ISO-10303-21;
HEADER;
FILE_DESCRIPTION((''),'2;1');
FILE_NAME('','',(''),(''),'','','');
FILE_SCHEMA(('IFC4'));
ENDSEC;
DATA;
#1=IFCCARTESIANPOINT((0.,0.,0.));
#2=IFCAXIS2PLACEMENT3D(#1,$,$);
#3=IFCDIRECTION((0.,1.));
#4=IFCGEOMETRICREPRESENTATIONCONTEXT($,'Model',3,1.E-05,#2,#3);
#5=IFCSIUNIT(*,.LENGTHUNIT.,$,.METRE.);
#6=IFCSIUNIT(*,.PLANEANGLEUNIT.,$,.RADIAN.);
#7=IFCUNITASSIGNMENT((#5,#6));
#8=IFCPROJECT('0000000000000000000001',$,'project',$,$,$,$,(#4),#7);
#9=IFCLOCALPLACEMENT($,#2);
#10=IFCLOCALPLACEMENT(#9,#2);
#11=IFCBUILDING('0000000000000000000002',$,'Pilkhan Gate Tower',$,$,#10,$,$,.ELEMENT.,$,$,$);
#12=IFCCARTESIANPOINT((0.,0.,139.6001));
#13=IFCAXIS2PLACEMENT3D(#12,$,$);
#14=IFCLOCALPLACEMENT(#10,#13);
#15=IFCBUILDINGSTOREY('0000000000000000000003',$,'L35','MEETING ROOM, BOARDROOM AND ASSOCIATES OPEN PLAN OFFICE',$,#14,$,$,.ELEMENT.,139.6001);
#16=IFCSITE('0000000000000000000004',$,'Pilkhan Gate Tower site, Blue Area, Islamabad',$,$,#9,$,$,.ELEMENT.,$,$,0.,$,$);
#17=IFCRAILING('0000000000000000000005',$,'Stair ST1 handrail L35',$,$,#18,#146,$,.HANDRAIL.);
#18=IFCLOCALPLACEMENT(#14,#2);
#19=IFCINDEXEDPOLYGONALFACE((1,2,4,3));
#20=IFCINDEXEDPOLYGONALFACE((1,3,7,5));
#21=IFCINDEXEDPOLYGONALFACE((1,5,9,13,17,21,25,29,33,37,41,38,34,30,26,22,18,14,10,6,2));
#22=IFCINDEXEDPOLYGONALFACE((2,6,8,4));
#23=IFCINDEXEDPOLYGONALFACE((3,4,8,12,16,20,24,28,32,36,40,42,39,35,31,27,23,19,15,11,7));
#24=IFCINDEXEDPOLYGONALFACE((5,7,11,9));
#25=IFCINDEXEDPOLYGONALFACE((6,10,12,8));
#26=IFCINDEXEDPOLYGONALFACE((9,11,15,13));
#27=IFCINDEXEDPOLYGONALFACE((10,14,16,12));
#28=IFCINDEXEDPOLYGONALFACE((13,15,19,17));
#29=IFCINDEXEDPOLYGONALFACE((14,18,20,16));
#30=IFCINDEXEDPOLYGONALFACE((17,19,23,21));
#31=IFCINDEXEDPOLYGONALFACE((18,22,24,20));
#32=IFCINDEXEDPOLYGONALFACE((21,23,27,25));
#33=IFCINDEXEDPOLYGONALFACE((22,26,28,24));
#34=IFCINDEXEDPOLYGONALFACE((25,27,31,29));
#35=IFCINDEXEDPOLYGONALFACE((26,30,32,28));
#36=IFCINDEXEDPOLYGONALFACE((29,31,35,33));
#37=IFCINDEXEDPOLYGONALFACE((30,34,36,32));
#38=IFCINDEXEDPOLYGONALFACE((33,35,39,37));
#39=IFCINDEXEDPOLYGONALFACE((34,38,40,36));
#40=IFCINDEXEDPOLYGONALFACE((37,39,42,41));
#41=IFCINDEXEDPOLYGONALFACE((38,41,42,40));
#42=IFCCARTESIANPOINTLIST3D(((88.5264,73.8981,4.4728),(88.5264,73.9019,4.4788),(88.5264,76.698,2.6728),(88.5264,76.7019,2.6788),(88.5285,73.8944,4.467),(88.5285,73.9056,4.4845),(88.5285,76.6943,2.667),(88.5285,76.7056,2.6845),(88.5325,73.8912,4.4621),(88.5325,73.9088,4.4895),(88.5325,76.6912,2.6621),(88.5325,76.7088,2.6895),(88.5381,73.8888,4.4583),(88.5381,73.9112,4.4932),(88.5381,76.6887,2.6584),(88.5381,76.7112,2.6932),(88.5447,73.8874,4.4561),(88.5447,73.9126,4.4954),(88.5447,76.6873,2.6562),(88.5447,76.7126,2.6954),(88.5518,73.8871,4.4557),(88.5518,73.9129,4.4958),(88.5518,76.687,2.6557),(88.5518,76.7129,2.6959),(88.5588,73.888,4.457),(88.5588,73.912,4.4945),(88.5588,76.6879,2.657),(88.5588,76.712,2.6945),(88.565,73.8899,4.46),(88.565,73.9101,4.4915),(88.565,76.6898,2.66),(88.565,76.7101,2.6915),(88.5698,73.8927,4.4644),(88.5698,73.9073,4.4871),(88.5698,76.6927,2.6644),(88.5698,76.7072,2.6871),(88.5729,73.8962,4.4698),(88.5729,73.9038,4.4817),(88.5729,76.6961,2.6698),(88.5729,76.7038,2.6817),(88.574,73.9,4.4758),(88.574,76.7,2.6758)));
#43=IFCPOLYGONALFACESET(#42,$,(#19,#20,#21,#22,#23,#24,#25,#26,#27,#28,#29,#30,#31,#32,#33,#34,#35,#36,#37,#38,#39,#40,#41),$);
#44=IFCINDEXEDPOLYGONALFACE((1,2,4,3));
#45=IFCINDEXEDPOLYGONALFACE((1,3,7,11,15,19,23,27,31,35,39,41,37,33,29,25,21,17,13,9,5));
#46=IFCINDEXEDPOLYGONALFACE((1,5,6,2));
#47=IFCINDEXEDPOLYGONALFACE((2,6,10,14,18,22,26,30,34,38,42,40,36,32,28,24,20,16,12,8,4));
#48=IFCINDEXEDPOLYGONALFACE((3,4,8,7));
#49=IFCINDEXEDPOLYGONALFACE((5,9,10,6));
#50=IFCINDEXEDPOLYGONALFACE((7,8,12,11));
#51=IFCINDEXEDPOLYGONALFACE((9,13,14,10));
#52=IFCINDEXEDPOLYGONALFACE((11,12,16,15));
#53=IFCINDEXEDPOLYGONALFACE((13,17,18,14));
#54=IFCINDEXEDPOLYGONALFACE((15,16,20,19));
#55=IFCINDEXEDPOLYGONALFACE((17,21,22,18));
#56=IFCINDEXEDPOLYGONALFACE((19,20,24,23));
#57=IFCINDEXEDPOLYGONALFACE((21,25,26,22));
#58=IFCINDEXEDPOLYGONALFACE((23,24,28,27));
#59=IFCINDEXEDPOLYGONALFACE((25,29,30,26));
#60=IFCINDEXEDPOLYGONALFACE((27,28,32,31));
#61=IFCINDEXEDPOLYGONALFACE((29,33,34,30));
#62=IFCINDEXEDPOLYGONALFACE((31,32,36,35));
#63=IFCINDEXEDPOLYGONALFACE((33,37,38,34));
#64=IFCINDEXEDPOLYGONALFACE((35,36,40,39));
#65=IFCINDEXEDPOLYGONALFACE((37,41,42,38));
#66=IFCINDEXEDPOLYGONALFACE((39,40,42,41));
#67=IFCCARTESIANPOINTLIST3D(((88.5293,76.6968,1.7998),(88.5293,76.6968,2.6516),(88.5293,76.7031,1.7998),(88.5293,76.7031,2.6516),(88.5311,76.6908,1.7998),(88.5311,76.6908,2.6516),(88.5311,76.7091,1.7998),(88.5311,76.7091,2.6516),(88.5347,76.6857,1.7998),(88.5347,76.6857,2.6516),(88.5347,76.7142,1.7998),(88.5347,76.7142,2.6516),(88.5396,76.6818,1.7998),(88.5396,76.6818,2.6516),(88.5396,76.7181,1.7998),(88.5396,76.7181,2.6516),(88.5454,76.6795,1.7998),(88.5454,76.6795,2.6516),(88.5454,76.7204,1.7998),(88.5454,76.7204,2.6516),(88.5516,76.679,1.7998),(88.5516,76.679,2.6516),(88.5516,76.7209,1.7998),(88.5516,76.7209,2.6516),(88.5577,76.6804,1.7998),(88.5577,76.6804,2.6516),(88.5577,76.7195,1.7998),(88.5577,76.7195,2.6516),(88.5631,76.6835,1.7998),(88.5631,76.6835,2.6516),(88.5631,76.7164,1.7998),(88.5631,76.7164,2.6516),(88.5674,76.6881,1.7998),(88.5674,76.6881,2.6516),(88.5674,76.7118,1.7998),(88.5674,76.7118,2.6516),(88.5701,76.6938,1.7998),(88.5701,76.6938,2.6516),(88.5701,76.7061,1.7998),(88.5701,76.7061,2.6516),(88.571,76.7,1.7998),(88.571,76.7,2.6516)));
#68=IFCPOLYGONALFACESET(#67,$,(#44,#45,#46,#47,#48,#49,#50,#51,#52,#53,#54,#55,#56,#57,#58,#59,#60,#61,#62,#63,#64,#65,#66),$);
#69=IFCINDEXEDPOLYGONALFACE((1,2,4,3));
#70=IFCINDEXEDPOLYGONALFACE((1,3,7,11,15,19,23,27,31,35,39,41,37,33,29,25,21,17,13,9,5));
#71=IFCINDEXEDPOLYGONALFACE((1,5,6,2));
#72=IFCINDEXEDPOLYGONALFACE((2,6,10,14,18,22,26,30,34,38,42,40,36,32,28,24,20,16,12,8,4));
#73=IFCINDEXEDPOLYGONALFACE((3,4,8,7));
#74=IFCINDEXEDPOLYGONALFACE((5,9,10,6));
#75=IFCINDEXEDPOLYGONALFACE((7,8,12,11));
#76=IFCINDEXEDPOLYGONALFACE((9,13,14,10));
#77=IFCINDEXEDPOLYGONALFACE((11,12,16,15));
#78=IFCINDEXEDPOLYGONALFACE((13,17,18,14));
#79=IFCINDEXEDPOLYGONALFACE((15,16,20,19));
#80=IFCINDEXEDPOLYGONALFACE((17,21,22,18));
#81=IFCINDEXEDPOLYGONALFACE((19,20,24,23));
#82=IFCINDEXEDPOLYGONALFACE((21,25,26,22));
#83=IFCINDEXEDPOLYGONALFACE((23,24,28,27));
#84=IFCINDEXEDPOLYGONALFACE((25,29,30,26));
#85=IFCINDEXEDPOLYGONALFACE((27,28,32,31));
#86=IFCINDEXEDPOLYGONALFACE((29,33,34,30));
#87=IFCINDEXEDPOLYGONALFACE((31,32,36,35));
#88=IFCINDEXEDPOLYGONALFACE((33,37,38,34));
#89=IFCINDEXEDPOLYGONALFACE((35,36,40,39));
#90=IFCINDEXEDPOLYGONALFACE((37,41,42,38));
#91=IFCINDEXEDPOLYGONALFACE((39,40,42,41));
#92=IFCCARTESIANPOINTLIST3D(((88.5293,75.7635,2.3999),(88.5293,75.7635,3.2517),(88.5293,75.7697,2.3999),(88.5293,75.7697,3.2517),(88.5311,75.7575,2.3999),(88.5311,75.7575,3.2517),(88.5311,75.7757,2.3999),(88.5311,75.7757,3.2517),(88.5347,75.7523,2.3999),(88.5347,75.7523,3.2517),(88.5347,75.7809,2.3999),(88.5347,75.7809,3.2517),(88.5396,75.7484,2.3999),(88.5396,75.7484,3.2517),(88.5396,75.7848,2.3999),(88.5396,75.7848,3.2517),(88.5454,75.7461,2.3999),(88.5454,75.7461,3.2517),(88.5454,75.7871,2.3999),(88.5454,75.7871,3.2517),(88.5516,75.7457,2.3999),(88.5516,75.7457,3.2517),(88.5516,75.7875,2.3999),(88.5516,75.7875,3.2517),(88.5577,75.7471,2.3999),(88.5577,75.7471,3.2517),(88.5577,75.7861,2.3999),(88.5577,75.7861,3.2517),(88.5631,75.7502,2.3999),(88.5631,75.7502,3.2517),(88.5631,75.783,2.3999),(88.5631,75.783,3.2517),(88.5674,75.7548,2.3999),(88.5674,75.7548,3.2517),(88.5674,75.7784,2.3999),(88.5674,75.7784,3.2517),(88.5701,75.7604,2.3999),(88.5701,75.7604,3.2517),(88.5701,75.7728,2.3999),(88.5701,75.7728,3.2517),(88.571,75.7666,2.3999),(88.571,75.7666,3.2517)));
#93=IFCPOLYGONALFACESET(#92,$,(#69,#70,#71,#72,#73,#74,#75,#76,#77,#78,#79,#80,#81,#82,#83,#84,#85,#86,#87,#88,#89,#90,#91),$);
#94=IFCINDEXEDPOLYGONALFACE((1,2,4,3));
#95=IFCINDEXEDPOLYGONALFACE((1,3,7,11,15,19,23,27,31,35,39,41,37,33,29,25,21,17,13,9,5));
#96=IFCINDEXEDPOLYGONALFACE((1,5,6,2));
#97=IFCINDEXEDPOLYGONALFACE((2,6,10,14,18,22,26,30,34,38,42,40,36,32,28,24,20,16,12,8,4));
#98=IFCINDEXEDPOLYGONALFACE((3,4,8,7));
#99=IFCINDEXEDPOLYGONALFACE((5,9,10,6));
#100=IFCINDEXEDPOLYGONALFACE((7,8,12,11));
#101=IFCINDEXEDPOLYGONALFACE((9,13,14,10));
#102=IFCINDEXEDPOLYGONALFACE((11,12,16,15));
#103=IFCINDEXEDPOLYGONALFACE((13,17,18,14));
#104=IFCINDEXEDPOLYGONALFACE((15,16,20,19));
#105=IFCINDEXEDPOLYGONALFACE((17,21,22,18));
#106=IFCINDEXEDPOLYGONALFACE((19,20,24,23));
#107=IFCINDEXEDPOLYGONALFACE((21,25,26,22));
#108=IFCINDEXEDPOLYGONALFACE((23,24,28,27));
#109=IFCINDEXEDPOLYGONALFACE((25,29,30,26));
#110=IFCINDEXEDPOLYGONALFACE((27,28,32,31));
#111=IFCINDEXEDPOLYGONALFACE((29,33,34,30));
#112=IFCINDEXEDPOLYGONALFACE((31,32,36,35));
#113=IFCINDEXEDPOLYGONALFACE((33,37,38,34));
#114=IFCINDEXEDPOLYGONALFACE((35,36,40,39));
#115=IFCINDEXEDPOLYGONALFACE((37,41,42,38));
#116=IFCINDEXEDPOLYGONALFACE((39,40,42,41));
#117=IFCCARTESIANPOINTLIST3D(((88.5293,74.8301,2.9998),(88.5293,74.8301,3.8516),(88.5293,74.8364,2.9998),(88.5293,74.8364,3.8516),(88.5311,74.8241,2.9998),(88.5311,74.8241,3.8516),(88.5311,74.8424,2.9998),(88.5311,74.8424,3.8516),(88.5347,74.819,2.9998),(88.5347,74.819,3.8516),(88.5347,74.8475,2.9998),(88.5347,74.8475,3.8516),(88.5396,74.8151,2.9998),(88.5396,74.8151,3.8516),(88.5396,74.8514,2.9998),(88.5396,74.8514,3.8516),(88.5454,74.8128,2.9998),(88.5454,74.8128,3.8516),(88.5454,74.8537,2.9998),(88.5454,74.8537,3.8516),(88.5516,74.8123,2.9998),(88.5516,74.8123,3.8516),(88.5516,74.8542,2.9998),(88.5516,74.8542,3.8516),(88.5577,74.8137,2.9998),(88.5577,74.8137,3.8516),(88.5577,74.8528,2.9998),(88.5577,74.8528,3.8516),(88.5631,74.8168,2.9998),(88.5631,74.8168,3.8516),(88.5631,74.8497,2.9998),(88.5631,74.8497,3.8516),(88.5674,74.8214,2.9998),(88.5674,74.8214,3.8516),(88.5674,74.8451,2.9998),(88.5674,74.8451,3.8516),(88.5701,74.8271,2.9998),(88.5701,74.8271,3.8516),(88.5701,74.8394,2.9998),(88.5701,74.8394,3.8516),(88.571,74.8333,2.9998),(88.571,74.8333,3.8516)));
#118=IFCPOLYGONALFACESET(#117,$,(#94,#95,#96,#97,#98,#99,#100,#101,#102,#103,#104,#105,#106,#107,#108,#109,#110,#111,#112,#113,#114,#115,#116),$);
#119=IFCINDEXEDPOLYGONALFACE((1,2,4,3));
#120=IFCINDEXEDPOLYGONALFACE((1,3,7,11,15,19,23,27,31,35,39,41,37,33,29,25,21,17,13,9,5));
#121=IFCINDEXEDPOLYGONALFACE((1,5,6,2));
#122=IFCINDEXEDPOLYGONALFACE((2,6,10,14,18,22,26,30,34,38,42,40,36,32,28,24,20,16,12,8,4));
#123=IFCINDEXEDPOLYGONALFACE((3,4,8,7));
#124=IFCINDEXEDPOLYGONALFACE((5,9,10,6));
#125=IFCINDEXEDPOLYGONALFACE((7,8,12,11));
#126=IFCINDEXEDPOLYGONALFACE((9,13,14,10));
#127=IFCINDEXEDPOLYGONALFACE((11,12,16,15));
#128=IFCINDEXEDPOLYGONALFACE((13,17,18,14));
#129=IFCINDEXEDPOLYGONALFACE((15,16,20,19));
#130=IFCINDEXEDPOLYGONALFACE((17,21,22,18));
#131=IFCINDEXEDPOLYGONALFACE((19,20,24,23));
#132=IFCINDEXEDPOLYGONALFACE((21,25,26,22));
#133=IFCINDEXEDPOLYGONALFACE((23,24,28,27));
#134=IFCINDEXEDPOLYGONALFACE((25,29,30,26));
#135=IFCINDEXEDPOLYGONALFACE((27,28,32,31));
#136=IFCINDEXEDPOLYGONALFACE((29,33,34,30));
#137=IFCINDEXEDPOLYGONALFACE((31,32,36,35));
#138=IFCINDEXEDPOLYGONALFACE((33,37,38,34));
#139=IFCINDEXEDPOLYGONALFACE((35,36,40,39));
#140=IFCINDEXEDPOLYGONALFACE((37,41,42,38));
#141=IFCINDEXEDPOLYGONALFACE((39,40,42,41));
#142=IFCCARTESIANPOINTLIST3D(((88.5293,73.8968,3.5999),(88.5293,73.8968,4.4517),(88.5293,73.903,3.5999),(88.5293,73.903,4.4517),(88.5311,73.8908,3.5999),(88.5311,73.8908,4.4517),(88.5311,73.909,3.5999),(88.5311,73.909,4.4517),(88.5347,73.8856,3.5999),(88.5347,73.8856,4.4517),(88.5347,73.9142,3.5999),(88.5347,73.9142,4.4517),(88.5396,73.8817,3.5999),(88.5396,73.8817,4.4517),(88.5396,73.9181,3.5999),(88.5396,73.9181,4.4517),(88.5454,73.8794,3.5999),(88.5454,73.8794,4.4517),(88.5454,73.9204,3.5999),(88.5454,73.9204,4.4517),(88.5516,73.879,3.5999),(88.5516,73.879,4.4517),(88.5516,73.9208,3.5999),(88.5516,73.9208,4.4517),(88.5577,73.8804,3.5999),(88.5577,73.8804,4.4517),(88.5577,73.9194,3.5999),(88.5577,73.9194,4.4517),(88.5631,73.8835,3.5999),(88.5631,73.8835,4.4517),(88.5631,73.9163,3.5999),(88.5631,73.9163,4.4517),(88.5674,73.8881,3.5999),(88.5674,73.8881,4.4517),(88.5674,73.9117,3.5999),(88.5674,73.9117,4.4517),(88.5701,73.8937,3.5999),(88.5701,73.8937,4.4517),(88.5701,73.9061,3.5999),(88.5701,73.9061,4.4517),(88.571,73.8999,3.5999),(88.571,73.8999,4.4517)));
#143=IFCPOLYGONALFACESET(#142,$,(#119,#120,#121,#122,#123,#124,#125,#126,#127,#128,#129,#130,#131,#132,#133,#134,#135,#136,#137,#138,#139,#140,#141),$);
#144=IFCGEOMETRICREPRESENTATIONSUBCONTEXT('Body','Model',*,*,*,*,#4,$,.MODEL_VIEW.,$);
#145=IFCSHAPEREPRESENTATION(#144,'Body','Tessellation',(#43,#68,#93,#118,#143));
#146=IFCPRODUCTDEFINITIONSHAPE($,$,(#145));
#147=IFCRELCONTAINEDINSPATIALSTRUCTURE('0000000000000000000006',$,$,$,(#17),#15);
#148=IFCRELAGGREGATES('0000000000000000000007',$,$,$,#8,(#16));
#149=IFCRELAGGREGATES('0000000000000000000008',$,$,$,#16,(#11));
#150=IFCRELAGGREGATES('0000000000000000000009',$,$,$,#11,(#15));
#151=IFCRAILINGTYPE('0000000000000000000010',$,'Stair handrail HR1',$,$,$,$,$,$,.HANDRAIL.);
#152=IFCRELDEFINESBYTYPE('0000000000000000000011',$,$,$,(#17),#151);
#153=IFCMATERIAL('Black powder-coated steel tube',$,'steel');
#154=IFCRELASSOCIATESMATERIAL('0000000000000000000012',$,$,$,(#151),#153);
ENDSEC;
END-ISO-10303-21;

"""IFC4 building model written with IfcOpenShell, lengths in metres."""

from ifc_helpers import new_model, si_unit, direction, frame, origin, origin_2d, place, context, subcontext, project, spatial, circle, extrude, material, type_object, element, save


model = new_model("IFC4")

# Units and contexts
model_context = context("Model", 3, precision=1e-05, world=origin(), true_north=direction((0.0, 1.0)))
body_context = subcontext(model_context, "Body", "Model", "MODEL_VIEW")
ifc_project = project(units=[si_unit("LENGTHUNIT", "METRE"), si_unit("PLANEANGLEUNIT", "RADIAN")], contexts=[model_context])

# Site, building, storey
site_placement = place(None, origin())
site = spatial("IfcSite", under=ifc_project, at=site_placement, Name="Pilkhan Gate Tower site, Blue Area, Islamabad", CompositionType="ELEMENT", RefElevation=0.0)
building_placement = place(site_placement, origin())
building = spatial("IfcBuilding", under=site, at=building_placement, Name="Pilkhan Gate Tower", CompositionType="ELEMENT")
storey_placement = place(building_placement, frame((0.0, 0.0, 139.6001)))
storey = spatial("IfcBuildingStorey", under=building, at=storey_placement, Name="L35", Description="MEETING ROOM, BOARDROOM AND ASSOCIATES OPEN PLAN OFFICE", CompositionType="ELEMENT", Elevation=139.6001)

# Railing
ifc_material_1 = material(Name="Black powder-coated steel tube", Category="steel")
railing_type_1 = type_object("IfcRailingType", Name="Stair handrail HR1", PredefinedType="HANDRAIL", material=ifc_material_1)
railing_1_placement = place(storey_placement, frame((88.55, 76.7, 1.7998)))
element("IfcRailing", 1, at=railing_1_placement, inside=storey, type_object=railing_type_1, Name="Stair ST1 handrail L35", PredefinedType="HANDRAIL", context=body_context, shape_type="SweptSolid", body=[
    extrude(circle(Radius=0.0239, at=origin_2d()), frame((0.0, 0.0, 0.876), z_axis=(0.0, -0.841176, 0.540761), x_axis=(1.0, 0.0, 0.0)), (0.0, 0.0, 1.0), 3.3286),
    extrude(circle(Radius=0.021, at=origin_2d()), origin(), (0.0, 0.0, 1.0), 0.8518),
    extrude(circle(Radius=0.021, at=origin_2d()), frame((0.0, -0.9333, 0.6001)), (0.0, 0.0, 1.0), 0.8518),
    extrude(circle(Radius=0.021, at=origin_2d()), frame((0.0, -1.8667, 1.2)), (0.0, 0.0, 1.0), 0.8518),
    extrude(circle(Radius=0.021, at=origin_2d()), frame((0.0, -2.8, 1.8)), (0.0, 0.0, 1.0), 0.8518),
])

save(model, "model.ifc")
